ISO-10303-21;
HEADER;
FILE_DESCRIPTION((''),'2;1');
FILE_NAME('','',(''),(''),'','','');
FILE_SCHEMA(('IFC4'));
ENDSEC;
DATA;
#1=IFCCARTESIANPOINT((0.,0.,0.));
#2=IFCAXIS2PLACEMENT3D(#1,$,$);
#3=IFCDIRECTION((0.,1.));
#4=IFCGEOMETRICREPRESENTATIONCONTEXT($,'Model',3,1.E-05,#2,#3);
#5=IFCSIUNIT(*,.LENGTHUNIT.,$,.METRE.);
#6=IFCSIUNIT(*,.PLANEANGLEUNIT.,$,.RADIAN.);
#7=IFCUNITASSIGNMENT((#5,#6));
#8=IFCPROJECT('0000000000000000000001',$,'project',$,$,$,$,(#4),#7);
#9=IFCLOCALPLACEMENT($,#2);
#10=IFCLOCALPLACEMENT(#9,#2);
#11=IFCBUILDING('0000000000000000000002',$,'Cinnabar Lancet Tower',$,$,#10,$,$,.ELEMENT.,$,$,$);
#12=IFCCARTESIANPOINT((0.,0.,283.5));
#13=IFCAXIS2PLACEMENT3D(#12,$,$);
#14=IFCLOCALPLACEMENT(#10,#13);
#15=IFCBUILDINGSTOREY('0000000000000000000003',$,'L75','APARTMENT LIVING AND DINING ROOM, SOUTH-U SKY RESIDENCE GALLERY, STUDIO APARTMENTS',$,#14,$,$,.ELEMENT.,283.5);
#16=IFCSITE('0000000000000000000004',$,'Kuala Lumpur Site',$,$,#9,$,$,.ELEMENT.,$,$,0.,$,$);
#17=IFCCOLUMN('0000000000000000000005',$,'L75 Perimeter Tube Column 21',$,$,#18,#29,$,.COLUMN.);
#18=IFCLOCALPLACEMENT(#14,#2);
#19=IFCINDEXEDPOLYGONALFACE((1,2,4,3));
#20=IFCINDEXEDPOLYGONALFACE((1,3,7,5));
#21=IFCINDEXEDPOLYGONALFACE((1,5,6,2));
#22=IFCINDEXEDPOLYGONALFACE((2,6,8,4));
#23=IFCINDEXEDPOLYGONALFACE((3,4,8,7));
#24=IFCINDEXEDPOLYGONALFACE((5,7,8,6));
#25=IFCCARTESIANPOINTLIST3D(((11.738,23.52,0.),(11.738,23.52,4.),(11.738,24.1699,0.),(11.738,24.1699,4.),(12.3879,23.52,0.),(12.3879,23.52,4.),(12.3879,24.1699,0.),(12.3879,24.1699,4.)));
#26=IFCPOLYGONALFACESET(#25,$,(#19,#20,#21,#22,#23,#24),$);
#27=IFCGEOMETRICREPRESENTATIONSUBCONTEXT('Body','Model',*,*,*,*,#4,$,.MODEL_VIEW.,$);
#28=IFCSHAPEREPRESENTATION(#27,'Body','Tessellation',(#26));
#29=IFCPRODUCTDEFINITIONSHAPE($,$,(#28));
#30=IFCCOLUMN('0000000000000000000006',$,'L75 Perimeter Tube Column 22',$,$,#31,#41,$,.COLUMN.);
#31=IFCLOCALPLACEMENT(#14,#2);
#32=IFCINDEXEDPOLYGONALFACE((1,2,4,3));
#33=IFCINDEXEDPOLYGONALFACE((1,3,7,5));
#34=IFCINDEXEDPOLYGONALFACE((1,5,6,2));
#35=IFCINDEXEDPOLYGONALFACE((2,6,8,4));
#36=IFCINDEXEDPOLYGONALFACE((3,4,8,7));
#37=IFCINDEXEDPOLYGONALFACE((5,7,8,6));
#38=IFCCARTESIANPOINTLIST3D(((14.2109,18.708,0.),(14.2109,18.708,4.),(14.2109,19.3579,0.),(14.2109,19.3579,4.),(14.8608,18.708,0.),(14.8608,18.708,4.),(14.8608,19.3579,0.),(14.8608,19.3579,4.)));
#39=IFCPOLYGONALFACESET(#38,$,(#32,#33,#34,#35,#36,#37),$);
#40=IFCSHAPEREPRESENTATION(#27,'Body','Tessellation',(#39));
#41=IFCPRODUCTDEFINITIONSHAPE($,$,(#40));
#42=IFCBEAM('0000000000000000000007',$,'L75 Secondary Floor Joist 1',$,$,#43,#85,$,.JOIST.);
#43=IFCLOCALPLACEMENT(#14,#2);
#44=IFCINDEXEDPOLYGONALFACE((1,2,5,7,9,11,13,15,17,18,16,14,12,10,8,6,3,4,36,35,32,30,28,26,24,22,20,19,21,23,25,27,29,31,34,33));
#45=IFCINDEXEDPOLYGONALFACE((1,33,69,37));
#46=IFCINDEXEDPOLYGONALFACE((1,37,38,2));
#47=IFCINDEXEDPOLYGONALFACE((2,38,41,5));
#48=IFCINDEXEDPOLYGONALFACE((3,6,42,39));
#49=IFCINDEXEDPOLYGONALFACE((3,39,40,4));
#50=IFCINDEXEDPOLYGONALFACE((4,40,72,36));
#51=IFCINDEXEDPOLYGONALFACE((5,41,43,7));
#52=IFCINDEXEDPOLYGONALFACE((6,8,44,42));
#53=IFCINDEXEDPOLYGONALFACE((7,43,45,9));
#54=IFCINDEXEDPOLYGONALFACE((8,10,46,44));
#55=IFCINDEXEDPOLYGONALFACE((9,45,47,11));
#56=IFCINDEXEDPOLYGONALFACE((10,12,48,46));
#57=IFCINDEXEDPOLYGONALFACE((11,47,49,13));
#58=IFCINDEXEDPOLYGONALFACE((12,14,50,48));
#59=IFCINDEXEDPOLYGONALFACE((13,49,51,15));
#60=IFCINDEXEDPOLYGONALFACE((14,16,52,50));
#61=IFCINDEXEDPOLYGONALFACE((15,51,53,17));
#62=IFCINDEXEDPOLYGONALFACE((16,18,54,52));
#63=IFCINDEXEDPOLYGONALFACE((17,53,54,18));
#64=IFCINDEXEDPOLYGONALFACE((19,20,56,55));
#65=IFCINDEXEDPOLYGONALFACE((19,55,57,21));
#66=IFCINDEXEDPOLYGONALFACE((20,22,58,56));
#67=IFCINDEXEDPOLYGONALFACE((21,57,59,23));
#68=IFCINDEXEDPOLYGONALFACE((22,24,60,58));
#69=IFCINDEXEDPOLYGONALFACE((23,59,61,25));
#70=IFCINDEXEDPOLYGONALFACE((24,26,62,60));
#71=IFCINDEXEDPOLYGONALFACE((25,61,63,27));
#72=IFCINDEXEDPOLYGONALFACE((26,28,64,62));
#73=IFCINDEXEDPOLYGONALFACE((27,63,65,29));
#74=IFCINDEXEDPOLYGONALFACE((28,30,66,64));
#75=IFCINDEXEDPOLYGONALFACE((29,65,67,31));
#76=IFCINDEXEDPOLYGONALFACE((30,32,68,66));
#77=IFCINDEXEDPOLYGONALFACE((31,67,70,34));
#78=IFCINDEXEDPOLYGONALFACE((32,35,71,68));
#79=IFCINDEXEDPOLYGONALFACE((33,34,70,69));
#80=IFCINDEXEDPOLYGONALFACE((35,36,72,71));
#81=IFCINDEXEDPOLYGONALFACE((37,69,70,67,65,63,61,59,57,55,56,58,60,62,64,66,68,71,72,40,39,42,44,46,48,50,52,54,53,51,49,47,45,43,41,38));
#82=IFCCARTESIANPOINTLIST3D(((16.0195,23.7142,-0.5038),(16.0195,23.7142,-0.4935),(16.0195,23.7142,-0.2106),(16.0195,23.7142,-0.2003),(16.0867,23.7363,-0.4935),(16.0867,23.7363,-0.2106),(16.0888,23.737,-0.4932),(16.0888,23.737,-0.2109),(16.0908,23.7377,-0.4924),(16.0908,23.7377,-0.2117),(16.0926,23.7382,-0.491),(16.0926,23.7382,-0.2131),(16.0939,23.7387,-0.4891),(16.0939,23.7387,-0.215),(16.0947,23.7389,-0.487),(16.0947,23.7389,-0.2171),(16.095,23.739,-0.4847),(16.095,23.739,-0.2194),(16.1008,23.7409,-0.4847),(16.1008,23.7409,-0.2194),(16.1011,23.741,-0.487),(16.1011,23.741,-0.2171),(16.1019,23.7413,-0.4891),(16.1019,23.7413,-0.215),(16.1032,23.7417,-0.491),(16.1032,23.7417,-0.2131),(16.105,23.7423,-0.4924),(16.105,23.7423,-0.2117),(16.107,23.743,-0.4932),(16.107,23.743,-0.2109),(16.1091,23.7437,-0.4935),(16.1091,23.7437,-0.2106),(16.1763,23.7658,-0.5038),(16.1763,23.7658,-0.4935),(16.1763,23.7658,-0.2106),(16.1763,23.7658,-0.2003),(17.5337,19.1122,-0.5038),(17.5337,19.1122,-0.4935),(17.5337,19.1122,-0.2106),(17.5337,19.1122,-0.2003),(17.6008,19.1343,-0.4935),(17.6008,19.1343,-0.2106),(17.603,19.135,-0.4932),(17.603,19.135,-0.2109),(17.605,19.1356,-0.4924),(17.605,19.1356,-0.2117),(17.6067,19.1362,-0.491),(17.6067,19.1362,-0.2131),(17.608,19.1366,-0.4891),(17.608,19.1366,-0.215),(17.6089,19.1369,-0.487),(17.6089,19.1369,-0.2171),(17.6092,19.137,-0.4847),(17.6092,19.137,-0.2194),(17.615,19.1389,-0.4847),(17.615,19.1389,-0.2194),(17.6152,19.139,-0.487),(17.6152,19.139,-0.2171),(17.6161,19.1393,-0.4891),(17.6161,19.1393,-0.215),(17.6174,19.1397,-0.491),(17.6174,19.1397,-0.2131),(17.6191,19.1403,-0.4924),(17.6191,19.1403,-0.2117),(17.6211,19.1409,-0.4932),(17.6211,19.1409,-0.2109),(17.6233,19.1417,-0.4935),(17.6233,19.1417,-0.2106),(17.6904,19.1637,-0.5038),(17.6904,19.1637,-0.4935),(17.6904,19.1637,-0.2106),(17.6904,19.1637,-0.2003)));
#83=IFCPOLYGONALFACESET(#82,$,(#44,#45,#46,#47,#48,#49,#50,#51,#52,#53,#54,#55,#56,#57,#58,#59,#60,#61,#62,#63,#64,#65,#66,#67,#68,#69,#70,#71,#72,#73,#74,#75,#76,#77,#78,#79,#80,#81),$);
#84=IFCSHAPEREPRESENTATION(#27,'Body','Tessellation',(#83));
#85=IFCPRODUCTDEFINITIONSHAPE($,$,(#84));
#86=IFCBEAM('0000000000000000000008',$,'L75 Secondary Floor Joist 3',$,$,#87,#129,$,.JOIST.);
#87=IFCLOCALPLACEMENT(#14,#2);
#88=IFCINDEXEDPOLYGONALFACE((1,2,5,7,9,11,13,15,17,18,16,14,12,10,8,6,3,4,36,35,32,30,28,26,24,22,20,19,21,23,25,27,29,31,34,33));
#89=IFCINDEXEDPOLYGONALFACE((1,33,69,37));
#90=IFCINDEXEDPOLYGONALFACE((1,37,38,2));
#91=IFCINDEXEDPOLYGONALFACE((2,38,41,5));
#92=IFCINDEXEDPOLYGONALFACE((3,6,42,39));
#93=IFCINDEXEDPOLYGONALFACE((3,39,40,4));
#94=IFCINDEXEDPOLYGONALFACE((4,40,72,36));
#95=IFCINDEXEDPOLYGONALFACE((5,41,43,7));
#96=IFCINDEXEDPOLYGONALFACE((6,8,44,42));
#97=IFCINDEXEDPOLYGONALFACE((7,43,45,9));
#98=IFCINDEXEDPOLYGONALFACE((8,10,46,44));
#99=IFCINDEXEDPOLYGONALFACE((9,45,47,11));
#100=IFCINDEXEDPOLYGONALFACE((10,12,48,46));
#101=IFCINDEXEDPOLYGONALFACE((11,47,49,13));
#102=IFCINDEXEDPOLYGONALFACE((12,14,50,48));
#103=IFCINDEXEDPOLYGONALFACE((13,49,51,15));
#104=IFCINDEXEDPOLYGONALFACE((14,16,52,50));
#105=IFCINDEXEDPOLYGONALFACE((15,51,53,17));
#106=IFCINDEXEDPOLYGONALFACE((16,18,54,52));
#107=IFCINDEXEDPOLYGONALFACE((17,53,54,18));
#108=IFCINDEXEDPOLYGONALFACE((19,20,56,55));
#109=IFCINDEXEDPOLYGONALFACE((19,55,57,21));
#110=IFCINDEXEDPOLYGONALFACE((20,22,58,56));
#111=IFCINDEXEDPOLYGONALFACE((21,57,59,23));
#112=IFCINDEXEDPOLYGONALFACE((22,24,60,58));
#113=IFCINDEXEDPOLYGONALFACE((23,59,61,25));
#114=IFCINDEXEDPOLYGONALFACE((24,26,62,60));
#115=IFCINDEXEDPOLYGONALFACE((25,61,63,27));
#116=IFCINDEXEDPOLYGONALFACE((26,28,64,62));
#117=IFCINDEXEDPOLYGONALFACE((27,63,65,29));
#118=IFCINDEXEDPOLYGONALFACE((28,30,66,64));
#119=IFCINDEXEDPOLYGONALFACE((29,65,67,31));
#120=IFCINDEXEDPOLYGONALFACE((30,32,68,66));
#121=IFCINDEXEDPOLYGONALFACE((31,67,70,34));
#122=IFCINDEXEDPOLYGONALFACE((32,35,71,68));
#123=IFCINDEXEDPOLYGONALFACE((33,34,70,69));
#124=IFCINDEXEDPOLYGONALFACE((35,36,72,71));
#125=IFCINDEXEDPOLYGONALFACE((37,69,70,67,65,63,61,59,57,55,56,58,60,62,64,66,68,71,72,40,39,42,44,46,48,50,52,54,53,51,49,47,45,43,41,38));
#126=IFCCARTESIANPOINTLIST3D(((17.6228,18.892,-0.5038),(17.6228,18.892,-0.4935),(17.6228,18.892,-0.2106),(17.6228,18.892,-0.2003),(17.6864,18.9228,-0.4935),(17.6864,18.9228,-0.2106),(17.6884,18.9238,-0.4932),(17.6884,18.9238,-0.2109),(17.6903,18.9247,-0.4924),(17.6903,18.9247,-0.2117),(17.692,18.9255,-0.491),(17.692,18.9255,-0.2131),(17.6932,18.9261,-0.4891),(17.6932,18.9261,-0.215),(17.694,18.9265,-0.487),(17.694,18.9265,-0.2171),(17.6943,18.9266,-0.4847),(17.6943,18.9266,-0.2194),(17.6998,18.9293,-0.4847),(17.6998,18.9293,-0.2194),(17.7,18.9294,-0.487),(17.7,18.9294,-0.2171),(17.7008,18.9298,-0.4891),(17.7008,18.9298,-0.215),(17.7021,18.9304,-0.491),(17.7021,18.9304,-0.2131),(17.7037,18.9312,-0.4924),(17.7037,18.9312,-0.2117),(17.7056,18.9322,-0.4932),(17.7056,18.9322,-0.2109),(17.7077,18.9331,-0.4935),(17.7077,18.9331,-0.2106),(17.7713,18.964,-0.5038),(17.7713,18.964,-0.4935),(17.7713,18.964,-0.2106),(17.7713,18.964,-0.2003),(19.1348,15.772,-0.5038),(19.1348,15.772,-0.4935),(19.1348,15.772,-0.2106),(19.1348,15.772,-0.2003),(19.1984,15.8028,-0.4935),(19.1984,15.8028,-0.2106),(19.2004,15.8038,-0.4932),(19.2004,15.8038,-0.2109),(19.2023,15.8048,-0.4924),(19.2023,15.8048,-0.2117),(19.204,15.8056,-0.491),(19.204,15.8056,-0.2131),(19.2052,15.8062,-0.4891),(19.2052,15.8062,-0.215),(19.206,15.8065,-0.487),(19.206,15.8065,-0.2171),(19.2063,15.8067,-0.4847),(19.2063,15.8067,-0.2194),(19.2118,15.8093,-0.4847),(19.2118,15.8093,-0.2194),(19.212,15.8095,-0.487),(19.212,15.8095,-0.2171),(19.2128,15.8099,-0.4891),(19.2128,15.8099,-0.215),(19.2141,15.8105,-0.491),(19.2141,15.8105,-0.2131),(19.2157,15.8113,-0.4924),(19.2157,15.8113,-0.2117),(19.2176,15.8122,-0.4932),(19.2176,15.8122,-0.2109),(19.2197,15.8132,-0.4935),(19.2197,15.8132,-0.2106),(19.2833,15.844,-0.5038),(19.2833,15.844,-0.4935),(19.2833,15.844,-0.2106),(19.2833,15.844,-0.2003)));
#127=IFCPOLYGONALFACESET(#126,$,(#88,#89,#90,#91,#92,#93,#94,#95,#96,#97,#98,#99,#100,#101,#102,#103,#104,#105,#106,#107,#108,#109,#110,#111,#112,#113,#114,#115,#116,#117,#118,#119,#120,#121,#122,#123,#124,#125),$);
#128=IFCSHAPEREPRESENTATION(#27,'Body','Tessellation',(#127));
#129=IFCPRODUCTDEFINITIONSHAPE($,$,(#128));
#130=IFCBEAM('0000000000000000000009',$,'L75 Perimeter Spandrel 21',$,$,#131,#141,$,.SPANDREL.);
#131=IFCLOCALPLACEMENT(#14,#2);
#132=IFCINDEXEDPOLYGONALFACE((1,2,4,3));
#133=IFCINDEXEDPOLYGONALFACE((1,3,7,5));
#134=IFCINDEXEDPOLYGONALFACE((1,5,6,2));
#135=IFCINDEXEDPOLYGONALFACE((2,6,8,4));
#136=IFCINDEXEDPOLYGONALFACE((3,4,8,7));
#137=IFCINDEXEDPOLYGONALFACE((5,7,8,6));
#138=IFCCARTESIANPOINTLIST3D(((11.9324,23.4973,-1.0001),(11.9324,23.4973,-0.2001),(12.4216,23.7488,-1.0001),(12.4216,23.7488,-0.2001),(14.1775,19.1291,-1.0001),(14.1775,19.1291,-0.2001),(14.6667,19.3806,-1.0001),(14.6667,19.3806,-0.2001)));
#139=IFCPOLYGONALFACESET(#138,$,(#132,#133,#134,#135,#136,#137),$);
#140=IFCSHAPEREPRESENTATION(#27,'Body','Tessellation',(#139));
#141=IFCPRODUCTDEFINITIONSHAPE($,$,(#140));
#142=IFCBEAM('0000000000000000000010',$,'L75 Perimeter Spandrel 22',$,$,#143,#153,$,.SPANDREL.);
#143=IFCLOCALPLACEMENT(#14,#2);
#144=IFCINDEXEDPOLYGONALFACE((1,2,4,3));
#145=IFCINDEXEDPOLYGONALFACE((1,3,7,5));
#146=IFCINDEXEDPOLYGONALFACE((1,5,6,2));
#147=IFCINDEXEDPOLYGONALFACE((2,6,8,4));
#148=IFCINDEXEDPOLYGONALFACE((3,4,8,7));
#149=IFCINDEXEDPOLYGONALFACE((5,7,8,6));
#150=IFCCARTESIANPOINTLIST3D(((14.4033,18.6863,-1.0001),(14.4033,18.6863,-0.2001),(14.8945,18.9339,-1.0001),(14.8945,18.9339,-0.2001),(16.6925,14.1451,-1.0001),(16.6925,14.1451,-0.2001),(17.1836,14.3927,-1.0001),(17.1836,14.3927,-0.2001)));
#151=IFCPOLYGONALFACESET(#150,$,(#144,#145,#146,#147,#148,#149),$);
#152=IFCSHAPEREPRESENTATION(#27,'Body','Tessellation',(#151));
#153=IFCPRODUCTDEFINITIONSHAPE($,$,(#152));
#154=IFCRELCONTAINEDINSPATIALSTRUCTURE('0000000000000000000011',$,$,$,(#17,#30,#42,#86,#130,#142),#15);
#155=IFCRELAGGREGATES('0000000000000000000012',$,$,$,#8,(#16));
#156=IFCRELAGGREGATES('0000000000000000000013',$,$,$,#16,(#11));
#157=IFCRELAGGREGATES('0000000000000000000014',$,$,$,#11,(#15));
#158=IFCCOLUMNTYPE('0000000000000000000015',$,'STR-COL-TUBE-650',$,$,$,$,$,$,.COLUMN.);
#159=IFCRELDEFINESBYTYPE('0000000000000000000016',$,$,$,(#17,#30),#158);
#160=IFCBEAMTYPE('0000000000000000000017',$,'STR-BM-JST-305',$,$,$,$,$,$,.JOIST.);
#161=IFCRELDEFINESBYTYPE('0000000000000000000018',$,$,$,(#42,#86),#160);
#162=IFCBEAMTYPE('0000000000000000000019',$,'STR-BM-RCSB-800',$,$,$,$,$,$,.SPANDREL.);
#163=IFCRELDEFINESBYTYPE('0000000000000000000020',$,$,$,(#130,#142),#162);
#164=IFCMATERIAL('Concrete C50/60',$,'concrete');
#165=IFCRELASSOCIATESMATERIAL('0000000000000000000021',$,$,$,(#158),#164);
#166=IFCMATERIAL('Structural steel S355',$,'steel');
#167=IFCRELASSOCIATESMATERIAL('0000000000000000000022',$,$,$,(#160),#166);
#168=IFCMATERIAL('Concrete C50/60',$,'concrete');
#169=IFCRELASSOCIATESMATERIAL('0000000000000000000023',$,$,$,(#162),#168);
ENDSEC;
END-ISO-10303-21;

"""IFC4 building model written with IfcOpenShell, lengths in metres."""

from ifc_helpers import new_model, si_unit, direction, frame, origin, origin_2d, place, context, subcontext, project, spatial, rectangle, i_section, extrude, material, material_profile, profile_set, type_object, element, save


model = new_model("IFC4")

# Units and contexts
model_context = context("Model", 3, precision=1e-05, world=origin(), true_north=direction((0.0, 1.0)))
body_context = subcontext(model_context, "Body", "Model", "MODEL_VIEW")
ifc_project = project(units=[si_unit("LENGTHUNIT", "METRE"), si_unit("PLANEANGLEUNIT", "RADIAN")], contexts=[model_context])

# Site, building, storey
site_placement = place(None, origin())
site = spatial("IfcSite", under=ifc_project, at=site_placement, Name="Kuala Lumpur Site", CompositionType="ELEMENT", RefElevation=0.0)
building_placement = place(site_placement, origin())
building = spatial("IfcBuilding", under=site, at=building_placement, Name="Cinnabar Lancet Tower", CompositionType="ELEMENT")
storey_placement = place(building_placement, frame((0.0, 0.0, 283.5)))
storey = spatial("IfcBuildingStorey", under=building, at=storey_placement, Name="L75", Description="APARTMENT LIVING AND DINING ROOM, SOUTH-U SKY RESIDENCE GALLERY, STUDIO APARTMENTS", CompositionType="ELEMENT", Elevation=283.5)

# Columns
ifc_material_1 = material(Name="Concrete C50/60", Category="concrete")
ifc_material_profile_1 = material_profile(ifc_material_1, rectangle(XDim=0.6499, YDim=0.6499, at=origin_2d()), Name="RC-COL 650x650")
ifc_profile_set_1 = profile_set([ifc_material_profile_1], Name="Concrete C50/60")
column_type = type_object("IfcColumnType", Name="STR-COL-TUBE-650", PredefinedType="COLUMN", material=ifc_profile_set_1)
for number, where, z_axis, x_axis, name in (
    (1, (12.063, 23.845, 0.0), (0.0, 0.0, 1.0), (1.0, 0.0, 0.0), "L75 Perimeter Tube Column 21"),
    (2, (14.5359, 19.033, 0.0), (0.0, 0.0, 1.0), (1.0, 0.0, 0.0), "L75 Perimeter Tube Column 22"),
):
    element("IfcColumn", number, at=place(storey_placement, frame(where, z_axis=z_axis, x_axis=x_axis)), inside=storey, type_object=column_type, Name=name, PredefinedType="COLUMN", context=body_context, shape_type="SweptSolid", body=[
        extrude(rectangle(XDim=0.6499, YDim=0.6499, at=origin_2d()), origin(), (0.0, 0.0, 1.0), 4.0),
    ])

# Beams
ifc_material_2 = material(Name="Structural steel S355", Category="steel")
ifc_material_profile_2 = material_profile(ifc_material_2, i_section(OverallWidth=0.165, OverallDepth=0.3035, WebThickness=0.0061, FlangeThickness=0.0103, FilletRadius=0.0088, at=origin_2d()), Name="UKB 305x165x40")
ifc_profile_set_2 = profile_set([ifc_material_profile_2], Name="Structural steel S355")
beam_type_1 = type_object("IfcBeamType", Name="STR-BM-JST-305", PredefinedType="JOIST", material=ifc_profile_set_2)
beam_1_placement = place(storey_placement, frame((16.0979, 23.74, -0.3521), z_axis=(0.312537, -0.949906, 0.0), x_axis=(0.949906, 0.312537, 0.0)))
element("IfcBeam", 3, at=beam_1_placement, inside=storey, type_object=beam_type_1, Name="L75 Secondary Floor Joist 1", PredefinedType="JOIST", context=body_context, shape_type="SweptSolid", body=[
    extrude(i_section(OverallWidth=0.165, OverallDepth=0.3035, WebThickness=0.0061, FlangeThickness=0.0103, FilletRadius=0.0088, at=origin_2d()), origin(), (0.0, 0.0, 1.0), 4.8447),
])
beam_2_placement = place(storey_placement, frame((17.697, 18.928, -0.3521), z_axis=(0.436109, -0.899894, 0.0), x_axis=(0.899894, 0.436109, 0.0)))
element("IfcBeam", 4, at=beam_2_placement, inside=storey, type_object=beam_type_1, Name="L75 Secondary Floor Joist 3", PredefinedType="JOIST", context=body_context, shape_type="SweptSolid", body=[
    extrude(i_section(OverallWidth=0.165, OverallDepth=0.3035, WebThickness=0.0061, FlangeThickness=0.0103, FilletRadius=0.0088, at=origin_2d()), origin(), (0.0, 0.0, 1.0), 3.467),
])
ifc_material_3 = material(Name="Concrete C50/60", Category="concrete")
ifc_material_profile_3 = material_profile(ifc_material_3, rectangle(XDim=0.55, YDim=0.8, at=origin_2d()), Name="RC-SB 550x800")
ifc_profile_set_3 = profile_set([ifc_material_profile_3], Name="Concrete C50/60")
beam_type_2 = type_object("IfcBeamType", Name="STR-BM-RCSB-800", PredefinedType="SPANDREL", material=ifc_profile_set_3)
beam_3_placement = place(storey_placement, frame((12.177, 23.623, -0.6001), z_axis=(0.457128, -0.889401, 0.0), x_axis=(0.889401, 0.457128, 0.0)))
element("IfcBeam", 5, at=beam_3_placement, inside=storey, type_object=beam_type_2, Name="L75 Perimeter Spandrel 21", PredefinedType="SPANDREL", context=body_context, shape_type="SweptSolid", body=[
    extrude(rectangle(XDim=0.55, YDim=0.8, at=origin_2d()), origin(), (0.0, 0.0, 1.0), 4.9114),
])
beam_4_placement = place(storey_placement, frame((14.6489, 18.8101, -0.6001), z_axis=(0.45013, -0.892963, 0.0), x_axis=(0.892963, 0.45013, 0.0)))
element("IfcBeam", 6, at=beam_4_placement, inside=storey, type_object=beam_type_2, Name="L75 Perimeter Spandrel 22", PredefinedType="SPANDREL", context=body_context, shape_type="SweptSolid", body=[
    extrude(rectangle(XDim=0.55, YDim=0.8, at=origin_2d()), origin(), (0.0, 0.0, 1.0), 5.0854),
])

save(model, "model.ifc")
